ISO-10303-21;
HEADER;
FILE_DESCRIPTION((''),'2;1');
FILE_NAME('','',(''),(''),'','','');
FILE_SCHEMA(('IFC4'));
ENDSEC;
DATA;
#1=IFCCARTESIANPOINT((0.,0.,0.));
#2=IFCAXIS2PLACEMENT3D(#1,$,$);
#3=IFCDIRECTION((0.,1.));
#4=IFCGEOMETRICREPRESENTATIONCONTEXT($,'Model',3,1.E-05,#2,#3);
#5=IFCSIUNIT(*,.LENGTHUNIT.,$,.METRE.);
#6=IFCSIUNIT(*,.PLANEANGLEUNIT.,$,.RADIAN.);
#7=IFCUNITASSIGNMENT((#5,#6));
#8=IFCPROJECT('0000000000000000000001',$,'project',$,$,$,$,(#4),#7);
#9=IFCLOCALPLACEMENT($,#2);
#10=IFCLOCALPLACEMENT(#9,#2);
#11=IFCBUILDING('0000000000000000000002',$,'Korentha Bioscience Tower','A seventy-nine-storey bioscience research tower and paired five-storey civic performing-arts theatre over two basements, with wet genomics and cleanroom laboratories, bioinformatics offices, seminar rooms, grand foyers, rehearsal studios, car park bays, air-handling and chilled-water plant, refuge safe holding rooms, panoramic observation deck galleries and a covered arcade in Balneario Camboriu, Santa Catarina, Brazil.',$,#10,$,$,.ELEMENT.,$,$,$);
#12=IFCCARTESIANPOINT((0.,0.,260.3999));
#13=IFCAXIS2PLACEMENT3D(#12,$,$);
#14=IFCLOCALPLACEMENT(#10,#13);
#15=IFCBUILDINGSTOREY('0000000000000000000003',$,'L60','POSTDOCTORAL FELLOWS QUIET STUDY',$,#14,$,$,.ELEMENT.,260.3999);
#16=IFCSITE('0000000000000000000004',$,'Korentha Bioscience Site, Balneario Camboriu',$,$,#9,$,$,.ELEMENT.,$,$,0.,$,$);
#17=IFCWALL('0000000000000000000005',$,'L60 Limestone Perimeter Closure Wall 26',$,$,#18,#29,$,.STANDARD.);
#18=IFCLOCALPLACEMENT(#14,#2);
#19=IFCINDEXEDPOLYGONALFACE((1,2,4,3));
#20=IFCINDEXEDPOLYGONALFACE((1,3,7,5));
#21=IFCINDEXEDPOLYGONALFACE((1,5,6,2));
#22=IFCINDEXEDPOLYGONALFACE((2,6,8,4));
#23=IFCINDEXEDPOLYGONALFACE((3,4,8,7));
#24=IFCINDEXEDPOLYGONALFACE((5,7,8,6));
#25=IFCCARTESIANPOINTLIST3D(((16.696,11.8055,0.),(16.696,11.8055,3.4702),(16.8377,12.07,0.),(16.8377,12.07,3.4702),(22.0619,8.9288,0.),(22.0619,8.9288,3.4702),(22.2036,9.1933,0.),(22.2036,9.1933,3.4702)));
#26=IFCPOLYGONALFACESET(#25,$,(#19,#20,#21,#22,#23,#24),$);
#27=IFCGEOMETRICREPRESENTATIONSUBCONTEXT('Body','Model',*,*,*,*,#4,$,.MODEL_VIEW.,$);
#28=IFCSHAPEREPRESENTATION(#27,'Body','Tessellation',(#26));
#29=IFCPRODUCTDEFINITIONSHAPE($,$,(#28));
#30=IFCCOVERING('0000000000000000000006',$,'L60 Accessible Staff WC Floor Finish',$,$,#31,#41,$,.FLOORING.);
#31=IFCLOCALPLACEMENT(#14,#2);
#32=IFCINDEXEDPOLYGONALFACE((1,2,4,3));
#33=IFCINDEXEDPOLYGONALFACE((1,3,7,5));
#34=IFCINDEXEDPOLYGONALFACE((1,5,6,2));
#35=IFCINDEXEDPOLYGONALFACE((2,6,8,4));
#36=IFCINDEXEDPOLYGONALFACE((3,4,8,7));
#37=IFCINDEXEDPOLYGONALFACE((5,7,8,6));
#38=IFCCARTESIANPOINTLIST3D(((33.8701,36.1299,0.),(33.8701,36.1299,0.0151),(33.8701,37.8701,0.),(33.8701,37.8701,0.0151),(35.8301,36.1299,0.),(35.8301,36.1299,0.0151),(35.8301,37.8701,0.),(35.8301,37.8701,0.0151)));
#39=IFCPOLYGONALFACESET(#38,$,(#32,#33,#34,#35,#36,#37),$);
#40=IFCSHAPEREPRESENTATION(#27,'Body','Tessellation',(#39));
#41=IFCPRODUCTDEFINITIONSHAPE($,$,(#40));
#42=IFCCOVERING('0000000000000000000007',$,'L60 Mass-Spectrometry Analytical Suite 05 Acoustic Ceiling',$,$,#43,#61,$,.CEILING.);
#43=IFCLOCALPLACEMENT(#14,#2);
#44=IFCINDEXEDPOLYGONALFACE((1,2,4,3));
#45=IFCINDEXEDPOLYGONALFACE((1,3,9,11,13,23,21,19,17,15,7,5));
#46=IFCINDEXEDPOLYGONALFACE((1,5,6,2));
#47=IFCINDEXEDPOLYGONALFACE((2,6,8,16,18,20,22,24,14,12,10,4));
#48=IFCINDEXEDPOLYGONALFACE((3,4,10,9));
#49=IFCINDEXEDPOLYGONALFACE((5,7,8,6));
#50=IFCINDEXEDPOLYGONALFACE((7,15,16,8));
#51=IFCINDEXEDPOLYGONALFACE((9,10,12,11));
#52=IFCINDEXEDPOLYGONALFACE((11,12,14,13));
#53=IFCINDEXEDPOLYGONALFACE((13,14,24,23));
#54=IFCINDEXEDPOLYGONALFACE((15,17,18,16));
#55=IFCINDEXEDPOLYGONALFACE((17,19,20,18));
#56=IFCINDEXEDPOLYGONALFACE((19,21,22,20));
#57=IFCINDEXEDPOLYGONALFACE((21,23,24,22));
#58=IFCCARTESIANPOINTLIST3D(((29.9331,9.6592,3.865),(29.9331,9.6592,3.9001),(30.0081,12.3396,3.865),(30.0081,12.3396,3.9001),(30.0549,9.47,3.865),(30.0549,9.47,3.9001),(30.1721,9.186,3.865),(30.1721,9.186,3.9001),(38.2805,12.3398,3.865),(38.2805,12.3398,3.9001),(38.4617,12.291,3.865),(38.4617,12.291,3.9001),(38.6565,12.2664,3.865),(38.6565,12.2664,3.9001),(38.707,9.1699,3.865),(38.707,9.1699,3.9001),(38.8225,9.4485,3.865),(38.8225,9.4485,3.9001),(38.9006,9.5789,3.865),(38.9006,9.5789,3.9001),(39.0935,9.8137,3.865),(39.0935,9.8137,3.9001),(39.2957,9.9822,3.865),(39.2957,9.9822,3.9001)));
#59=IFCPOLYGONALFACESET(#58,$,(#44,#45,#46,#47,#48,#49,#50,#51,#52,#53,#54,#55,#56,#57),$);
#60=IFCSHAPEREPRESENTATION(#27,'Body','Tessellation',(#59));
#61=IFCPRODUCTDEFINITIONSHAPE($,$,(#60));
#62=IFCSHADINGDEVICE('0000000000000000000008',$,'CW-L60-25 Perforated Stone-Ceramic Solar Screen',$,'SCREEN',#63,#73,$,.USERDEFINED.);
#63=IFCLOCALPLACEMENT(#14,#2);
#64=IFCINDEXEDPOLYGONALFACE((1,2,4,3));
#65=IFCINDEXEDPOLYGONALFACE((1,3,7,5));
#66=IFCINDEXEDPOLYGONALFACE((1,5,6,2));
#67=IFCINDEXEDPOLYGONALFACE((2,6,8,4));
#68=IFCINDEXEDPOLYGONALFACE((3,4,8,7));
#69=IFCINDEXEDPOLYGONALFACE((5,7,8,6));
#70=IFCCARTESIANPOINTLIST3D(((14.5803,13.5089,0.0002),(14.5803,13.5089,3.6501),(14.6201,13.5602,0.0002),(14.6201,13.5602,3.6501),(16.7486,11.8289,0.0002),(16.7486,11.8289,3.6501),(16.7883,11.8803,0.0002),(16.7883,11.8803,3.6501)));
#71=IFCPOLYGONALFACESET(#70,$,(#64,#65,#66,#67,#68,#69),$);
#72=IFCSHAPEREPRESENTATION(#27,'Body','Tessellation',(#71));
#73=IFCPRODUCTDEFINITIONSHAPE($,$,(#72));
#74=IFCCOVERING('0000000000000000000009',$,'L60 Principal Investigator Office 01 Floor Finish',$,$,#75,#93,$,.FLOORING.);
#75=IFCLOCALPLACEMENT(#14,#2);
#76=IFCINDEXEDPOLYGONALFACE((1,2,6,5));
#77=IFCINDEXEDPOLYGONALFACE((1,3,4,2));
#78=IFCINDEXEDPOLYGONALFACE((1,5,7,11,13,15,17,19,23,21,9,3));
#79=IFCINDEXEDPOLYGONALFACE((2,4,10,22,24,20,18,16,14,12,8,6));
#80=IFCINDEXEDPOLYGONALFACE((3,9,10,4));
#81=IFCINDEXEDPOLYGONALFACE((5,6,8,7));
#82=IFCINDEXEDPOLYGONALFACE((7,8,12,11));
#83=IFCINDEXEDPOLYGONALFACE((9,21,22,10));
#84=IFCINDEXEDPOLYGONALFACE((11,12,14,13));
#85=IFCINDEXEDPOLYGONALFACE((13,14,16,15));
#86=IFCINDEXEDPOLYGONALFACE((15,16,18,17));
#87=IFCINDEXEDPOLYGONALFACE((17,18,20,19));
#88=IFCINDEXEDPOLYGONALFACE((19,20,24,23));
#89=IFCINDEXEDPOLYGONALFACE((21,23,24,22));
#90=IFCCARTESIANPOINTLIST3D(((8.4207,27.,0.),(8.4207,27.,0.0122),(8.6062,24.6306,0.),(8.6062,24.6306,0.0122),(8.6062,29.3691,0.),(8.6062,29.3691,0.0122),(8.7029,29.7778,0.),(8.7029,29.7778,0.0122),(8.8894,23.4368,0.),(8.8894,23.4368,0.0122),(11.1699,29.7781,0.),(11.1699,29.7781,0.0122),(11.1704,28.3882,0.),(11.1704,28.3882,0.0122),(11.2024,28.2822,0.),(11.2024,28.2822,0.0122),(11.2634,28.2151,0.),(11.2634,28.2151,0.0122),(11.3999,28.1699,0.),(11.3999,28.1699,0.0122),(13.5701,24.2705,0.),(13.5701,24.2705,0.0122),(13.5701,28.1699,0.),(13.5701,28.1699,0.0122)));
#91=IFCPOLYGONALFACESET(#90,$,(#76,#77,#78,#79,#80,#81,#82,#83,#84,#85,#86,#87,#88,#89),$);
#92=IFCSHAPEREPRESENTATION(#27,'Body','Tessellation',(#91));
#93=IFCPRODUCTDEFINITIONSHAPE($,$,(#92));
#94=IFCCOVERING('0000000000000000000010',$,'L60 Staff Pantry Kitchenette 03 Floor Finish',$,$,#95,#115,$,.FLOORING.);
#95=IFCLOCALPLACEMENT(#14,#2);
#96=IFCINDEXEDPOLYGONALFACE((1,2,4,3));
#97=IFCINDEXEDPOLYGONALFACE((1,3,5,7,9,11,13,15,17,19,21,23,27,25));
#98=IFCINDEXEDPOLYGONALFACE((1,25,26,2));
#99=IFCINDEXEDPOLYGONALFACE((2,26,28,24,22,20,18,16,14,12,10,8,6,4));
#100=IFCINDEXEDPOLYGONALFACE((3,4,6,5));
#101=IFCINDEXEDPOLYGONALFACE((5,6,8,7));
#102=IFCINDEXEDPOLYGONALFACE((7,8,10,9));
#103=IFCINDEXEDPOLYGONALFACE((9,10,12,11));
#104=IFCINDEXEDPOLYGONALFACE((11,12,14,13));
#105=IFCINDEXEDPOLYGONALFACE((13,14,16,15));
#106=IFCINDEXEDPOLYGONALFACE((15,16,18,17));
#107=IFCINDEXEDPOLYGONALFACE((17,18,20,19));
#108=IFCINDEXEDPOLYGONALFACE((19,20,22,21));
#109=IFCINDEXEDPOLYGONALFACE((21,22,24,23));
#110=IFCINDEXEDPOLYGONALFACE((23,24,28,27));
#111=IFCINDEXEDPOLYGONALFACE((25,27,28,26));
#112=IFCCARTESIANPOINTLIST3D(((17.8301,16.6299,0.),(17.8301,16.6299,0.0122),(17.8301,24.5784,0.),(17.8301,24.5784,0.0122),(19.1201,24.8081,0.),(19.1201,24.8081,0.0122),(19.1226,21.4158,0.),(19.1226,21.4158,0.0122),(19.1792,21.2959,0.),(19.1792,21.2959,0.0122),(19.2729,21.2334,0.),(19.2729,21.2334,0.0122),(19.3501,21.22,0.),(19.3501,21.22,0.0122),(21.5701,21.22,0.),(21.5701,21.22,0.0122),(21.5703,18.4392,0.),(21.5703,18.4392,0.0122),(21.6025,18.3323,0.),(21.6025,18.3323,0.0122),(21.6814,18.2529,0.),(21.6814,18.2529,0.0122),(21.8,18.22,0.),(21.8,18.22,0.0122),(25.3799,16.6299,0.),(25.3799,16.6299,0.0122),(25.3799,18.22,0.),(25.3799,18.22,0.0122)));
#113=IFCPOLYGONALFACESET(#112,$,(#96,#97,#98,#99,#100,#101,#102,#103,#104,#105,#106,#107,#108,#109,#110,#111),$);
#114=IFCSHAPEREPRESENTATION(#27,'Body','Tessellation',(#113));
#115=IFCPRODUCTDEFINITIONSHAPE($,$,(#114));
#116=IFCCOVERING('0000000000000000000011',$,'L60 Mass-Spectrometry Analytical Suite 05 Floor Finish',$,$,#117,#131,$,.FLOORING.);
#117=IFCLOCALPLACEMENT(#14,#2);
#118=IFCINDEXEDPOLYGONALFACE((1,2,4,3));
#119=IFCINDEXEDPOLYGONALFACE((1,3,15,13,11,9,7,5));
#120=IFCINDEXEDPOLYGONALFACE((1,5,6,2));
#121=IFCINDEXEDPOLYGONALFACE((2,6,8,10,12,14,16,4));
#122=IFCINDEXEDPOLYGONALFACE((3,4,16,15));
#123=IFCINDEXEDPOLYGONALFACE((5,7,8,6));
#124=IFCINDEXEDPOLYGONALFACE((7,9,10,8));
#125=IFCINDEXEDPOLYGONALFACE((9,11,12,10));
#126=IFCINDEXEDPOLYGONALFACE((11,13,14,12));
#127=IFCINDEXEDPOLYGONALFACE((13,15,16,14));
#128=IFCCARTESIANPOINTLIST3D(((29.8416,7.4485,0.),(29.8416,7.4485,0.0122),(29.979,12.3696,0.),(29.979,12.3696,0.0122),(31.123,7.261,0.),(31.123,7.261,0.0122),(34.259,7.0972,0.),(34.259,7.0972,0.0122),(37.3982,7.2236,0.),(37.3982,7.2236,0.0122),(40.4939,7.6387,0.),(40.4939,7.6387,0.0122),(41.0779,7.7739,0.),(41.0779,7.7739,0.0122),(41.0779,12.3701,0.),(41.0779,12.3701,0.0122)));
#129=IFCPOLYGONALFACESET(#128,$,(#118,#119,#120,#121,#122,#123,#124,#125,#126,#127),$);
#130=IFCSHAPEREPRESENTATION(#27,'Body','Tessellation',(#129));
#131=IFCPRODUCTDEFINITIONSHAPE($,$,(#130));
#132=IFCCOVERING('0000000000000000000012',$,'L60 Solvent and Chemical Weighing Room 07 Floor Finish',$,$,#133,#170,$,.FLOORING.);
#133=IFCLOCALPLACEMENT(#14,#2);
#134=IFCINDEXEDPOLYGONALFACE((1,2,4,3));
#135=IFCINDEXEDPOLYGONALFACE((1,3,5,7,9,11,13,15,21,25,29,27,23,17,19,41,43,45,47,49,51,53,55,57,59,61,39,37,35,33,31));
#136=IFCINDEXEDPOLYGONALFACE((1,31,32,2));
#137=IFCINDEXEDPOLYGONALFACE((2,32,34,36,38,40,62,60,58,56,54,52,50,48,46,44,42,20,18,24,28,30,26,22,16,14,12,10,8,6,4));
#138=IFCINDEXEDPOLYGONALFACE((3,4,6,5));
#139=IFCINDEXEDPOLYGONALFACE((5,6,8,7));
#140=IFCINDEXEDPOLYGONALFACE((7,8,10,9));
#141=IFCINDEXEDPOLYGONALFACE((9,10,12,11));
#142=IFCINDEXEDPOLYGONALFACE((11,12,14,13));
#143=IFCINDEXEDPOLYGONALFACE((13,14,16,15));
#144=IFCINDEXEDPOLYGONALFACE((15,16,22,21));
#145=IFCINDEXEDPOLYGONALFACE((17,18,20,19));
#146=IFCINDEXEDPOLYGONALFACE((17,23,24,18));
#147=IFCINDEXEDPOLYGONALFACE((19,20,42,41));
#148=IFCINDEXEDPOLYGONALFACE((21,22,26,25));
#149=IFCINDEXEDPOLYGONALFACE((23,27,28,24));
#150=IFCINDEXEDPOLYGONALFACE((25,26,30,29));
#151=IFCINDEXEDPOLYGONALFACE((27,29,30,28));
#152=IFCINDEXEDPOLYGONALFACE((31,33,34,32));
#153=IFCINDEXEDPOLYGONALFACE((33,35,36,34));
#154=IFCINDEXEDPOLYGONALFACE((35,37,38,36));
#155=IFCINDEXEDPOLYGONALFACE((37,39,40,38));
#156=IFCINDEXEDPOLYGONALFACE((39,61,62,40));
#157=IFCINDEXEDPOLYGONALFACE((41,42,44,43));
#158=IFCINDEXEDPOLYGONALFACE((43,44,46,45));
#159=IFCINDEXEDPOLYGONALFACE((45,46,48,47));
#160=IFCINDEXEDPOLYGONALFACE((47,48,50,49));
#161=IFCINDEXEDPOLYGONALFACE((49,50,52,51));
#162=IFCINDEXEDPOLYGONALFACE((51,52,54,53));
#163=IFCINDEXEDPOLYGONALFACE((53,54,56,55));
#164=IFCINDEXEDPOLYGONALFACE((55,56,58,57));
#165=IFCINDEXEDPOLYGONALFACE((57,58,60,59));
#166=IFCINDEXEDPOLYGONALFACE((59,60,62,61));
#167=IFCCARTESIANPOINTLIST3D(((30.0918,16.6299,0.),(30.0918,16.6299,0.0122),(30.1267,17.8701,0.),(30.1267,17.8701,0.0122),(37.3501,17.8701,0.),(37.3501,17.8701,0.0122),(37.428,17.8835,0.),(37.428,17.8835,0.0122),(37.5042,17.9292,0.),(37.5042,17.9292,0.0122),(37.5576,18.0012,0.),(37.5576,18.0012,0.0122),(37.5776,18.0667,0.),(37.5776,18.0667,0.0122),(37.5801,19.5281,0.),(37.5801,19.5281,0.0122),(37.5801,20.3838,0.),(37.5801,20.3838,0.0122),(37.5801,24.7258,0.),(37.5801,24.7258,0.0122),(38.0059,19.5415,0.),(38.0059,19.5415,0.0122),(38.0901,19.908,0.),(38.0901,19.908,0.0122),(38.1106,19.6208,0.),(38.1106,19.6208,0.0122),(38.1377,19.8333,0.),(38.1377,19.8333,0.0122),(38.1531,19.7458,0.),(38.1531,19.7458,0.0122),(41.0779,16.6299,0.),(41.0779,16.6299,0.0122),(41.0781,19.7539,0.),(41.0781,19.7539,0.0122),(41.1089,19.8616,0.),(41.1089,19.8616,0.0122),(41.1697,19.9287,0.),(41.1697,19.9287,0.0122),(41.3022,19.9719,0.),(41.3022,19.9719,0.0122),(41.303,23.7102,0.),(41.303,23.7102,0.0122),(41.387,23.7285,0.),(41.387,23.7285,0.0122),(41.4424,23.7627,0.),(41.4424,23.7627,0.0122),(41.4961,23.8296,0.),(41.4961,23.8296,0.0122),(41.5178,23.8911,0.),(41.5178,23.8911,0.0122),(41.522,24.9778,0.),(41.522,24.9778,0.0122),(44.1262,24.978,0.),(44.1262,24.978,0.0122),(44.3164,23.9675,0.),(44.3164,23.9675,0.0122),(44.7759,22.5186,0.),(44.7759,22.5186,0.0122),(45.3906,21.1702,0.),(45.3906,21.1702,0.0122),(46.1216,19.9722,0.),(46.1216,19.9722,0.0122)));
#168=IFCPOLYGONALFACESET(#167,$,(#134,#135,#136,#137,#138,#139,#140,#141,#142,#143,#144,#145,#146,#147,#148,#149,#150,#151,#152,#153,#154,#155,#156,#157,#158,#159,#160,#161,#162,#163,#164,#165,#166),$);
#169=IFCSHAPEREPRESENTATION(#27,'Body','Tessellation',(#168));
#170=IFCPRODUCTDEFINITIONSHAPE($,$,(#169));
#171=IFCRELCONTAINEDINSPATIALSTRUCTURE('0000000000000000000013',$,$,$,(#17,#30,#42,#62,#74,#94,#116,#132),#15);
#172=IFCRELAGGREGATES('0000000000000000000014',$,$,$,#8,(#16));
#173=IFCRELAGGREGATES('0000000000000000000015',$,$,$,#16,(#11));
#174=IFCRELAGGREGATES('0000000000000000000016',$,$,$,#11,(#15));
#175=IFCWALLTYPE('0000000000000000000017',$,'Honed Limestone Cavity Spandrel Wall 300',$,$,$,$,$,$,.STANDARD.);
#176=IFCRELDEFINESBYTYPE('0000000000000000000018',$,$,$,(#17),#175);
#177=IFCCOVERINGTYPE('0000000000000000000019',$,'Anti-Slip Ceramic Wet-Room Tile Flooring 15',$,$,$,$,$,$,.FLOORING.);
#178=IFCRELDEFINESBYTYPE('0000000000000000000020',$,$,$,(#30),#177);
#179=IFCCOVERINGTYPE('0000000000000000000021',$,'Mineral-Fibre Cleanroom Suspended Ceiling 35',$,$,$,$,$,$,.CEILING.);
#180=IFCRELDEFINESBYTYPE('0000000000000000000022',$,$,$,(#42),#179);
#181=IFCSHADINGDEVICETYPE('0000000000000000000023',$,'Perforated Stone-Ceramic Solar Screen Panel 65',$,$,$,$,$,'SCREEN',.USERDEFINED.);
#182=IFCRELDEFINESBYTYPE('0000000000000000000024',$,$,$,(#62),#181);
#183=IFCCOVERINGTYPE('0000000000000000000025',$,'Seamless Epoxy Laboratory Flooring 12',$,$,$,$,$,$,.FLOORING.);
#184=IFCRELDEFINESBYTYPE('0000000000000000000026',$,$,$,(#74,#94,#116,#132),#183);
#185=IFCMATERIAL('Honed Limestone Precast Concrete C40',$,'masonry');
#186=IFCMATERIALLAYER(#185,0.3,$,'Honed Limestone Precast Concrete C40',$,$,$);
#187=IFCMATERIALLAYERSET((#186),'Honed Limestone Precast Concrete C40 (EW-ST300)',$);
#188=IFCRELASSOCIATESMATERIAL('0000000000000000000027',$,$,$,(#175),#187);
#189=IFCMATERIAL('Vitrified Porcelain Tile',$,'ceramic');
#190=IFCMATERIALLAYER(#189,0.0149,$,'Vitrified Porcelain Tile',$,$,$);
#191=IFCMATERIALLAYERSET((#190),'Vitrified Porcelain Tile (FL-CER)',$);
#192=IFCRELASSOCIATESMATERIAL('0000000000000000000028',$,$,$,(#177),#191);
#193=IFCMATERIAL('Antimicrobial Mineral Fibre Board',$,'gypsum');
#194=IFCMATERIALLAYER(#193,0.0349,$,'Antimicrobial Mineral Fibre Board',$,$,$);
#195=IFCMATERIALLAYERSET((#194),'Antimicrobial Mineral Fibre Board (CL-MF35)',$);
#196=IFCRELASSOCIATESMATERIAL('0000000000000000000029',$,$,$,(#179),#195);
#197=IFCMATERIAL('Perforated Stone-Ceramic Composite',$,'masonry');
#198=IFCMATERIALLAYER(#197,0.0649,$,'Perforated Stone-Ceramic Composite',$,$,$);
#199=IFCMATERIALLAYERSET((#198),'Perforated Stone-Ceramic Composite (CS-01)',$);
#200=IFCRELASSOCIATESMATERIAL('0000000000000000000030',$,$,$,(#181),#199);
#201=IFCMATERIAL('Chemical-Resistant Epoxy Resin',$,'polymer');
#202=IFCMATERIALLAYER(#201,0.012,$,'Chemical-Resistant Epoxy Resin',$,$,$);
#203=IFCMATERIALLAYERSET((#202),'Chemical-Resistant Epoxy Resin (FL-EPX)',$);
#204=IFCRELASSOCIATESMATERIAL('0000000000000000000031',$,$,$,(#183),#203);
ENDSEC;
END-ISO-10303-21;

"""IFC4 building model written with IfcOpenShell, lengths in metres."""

from ifc_helpers import new_model, si_unit, direction, frame, frame_2d, origin, origin_2d, place, context, subcontext, project, spatial, polyline, rectangle, outline, extrude, material, layer, layer_set, type_object, element, save


model = new_model("IFC4")

# Units and contexts
model_context = context("Model", 3, precision=1e-05, world=origin(), true_north=direction((0.0, 1.0)))
body_context = subcontext(model_context, "Body", "Model", "MODEL_VIEW")
ifc_project = project(units=[si_unit("LENGTHUNIT", "METRE"), si_unit("PLANEANGLEUNIT", "RADIAN")], contexts=[model_context])

# Site, building, storey
site_placement = place(None, origin())
site = spatial("IfcSite", under=ifc_project, at=site_placement, Name="Korentha Bioscience Site, Balneario Camboriu", CompositionType="ELEMENT", RefElevation=0.0)
building_placement = place(site_placement, origin())
building = spatial("IfcBuilding", under=site, at=building_placement, Name="Korentha Bioscience Tower", Description="A seventy-nine-storey bioscience research tower and paired five-storey civic performing-arts theatre over two basements, with wet genomics and cleanroom laboratories, bioinformatics offices, seminar rooms, grand foyers, rehearsal studios, car park bays, air-handling and chilled-water plant, refuge safe holding rooms, panoramic observation deck galleries and a covered arcade in Balneario Camboriu, Santa Catarina, Brazil.", CompositionType="ELEMENT")
storey_placement = place(building_placement, frame((0.0, 0.0, 260.3999)))
storey = spatial("IfcBuildingStorey", under=building, at=storey_placement, Name="L60", Description="POSTDOCTORAL FELLOWS QUIET STUDY", CompositionType="ELEMENT", Elevation=260.3999)

# Wall
ifc_material_1 = material(Name="Honed Limestone Precast Concrete C40", Category="masonry")
ifc_layer_1 = layer(ifc_material_1, 0.3, Name="Honed Limestone Precast Concrete C40")
ifc_layer_set_1 = layer_set([ifc_layer_1], Name="Honed Limestone Precast Concrete C40 (EW-ST300)")
wall_type_1 = type_object("IfcWallType", Name="Honed Limestone Cavity Spandrel Wall 300", PredefinedType="STANDARD", material=ifc_layer_set_1)
wall_1_placement = place(storey_placement, frame((16.7668, 11.9377, 0.0), z_axis=(0.0, 0.0, 1.0), x_axis=(0.881337, -0.472487, 0.0)))
element("IfcWall", 1, at=wall_1_placement, inside=storey, type_object=wall_type_1, Name="L60 Limestone Perimeter Closure Wall 26", PredefinedType="STANDARD", context=body_context, shape_type="SweptSolid", body=[
    extrude(rectangle(XDim=6.0884, YDim=0.3, at=frame_2d((3.0442, 0.0))), origin(), (0.0, 0.0, 1.0), 3.4702),
])

# Coverings
ifc_material_2 = material(Name="Vitrified Porcelain Tile", Category="ceramic")
ifc_layer_2 = layer(ifc_material_2, 0.0149, Name="Vitrified Porcelain Tile")
ifc_layer_set_2 = layer_set([ifc_layer_2], Name="Vitrified Porcelain Tile (FL-CER)")
covering_type_1 = type_object("IfcCoveringType", Name="Anti-Slip Ceramic Wet-Room Tile Flooring 15", PredefinedType="FLOORING", material=ifc_layer_set_2)
covering_1_placement = place(storey_placement, origin())
element("IfcCovering", 2, at=covering_1_placement, inside=storey, type_object=covering_type_1, Name="L60 Accessible Staff WC Floor Finish", PredefinedType="FLOORING", context=body_context, shape_type="SweptSolid", body=[
    extrude(outline(polyline([(33.8701, 36.1299), (33.8701, 37.8701), (35.8301, 37.8701), (35.8301, 36.1299), (33.8701, 36.1299)])), origin(), (0.0, 0.0, 1.0), 0.0151),
])
ifc_material_3 = material(Name="Antimicrobial Mineral Fibre Board", Category="gypsum")
ifc_layer_3 = layer(ifc_material_3, 0.0349, Name="Antimicrobial Mineral Fibre Board")
ifc_layer_set_3 = layer_set([ifc_layer_3], Name="Antimicrobial Mineral Fibre Board (CL-MF35)")
covering_type_2 = type_object("IfcCoveringType", Name="Mineral-Fibre Cleanroom Suspended Ceiling 35", PredefinedType="CEILING", material=ifc_layer_set_3)
covering_2_placement = place(storey_placement, frame((0.0, 0.0, 3.865)))
element("IfcCovering", 3, at=covering_2_placement, inside=storey, type_object=covering_type_2, Name="L60 Mass-Spectrometry Analytical Suite 05 Acoustic Ceiling", PredefinedType="CEILING", context=body_context, shape_type="SweptSolid", body=[
    extrude(outline(polyline([(39.2957, 9.9822), (39.0935, 9.8137), (38.9006, 9.5789), (38.8225, 9.4485), (38.707, 9.1699), (30.1721, 9.186), (30.0549, 9.47), (29.9331, 9.6592), (30.0081, 12.3396), (38.2805, 12.3398), (38.4617, 12.291), (38.6565, 12.2664), (39.2957, 9.9822)])), origin(), (0.0, 0.0, 1.0), 0.0352),
])

# Shading device
ifc_material_4 = material(Name="Perforated Stone-Ceramic Composite", Category="masonry")
ifc_layer_4 = layer(ifc_material_4, 0.0649, Name="Perforated Stone-Ceramic Composite")
ifc_layer_set_4 = layer_set([ifc_layer_4], Name="Perforated Stone-Ceramic Composite (CS-01)")
shading_device_type_1 = type_object("IfcShadingDeviceType", Name="Perforated Stone-Ceramic Solar Screen Panel 65", ElementType="SCREEN", PredefinedType="USERDEFINED", material=ifc_layer_set_4)
shading_device_1_placement = place(storey_placement, frame((15.6843, 12.6946, 0.0002), z_axis=(0.0, 0.0, 1.0), x_axis=(0.790488, -0.612478, 0.0)))
element("IfcShadingDevice", 4, at=shading_device_1_placement, inside=storey, type_object=shading_device_type_1, Name="CW-L60-25 Perforated Stone-Ceramic Solar Screen", ObjectType="SCREEN", PredefinedType="USERDEFINED", context=body_context, shape_type="SweptSolid", body=[
    extrude(rectangle(XDim=2.7429, YDim=0.0649, at=origin_2d()), origin(), (0.0, 0.0, 1.0), 3.6499),
])

# Coverings
ifc_material_5 = material(Name="Chemical-Resistant Epoxy Resin", Category="polymer")
ifc_layer_5 = layer(ifc_material_5, 0.012, Name="Chemical-Resistant Epoxy Resin")
ifc_layer_set_5 = layer_set([ifc_layer_5], Name="Chemical-Resistant Epoxy Resin (FL-EPX)")
covering_type_3 = type_object("IfcCoveringType", Name="Seamless Epoxy Laboratory Flooring 12", PredefinedType="FLOORING", material=ifc_layer_set_5)
covering_3_placement = place(storey_placement, origin())
element("IfcCovering", 5, at=covering_3_placement, inside=storey, type_object=covering_type_3, Name="L60 Principal Investigator Office 01 Floor Finish", PredefinedType="FLOORING", context=body_context, shape_type="SweptSolid", body=[
    extrude(outline(polyline([(8.4207, 27.0), (8.6062, 29.3691), (8.7029, 29.7778), (11.1699, 29.7781), (11.1704, 28.3882), (11.2024, 28.2822), (11.2634, 28.2151), (11.3999, 28.1699), (13.5701, 28.1699), (13.5701, 24.2705), (8.8894, 23.4368), (8.6062, 24.6306), (8.4207, 27.0)])), origin(), (0.0, 0.0, 1.0), 0.0122),
])
covering_4_placement = place(storey_placement, origin())
element("IfcCovering", 6, at=covering_4_placement, inside=storey, type_object=covering_type_3, Name="L60 Staff Pantry Kitchenette 03 Floor Finish", PredefinedType="FLOORING", context=body_context, shape_type="SweptSolid", body=[
    extrude(outline(polyline([(19.1201, 24.8081), (19.1226, 21.4158), (19.1792, 21.2959), (19.2729, 21.2334), (19.3501, 21.22), (21.5701, 21.22), (21.5703, 18.4392), (21.6025, 18.3323), (21.6814, 18.2529), (21.8, 18.22), (25.3799, 18.22), (25.3799, 16.6299), (17.8301, 16.6299), (17.8301, 24.5784), (19.1201, 24.8081)])), origin(), (0.0, 0.0, 1.0), 0.0122),
])
covering_5_placement = place(storey_placement, origin())
element("IfcCovering", 7, at=covering_5_placement, inside=storey, type_object=covering_type_3, Name="L60 Mass-Spectrometry Analytical Suite 05 Floor Finish", PredefinedType="FLOORING", context=body_context, shape_type="SweptSolid", body=[
    extrude(outline(polyline([(29.979, 12.3696), (41.0779, 12.3701), (41.0779, 7.7739), (40.4939, 7.6387), (37.3982, 7.2236), (34.259, 7.0972), (31.123, 7.261), (29.8416, 7.4485), (29.979, 12.3696)])), origin(), (0.0, 0.0, 1.0), 0.0122),
])
covering_6_placement = place(storey_placement, origin())
element("IfcCovering", 8, at=covering_6_placement, inside=storey, type_object=covering_type_3, Name="L60 Solvent and Chemical Weighing Room 07 Floor Finish", PredefinedType="FLOORING", context=body_context, shape_type="SweptSolid", body=[
    extrude(outline(polyline([(37.3501, 17.8701), (37.428, 17.8835), (37.5042, 17.9292), (37.5576, 18.0012), (37.5776, 18.0667), (37.5801, 19.5281), (38.0059, 19.5415), (38.1106, 19.6208), (38.1531, 19.7458), (38.1377, 19.8333), (38.0901, 19.908), (37.5801, 20.3838), (37.5801, 24.7258), (41.303, 23.7102), (41.387, 23.7285), (41.4424, 23.7627), (41.4961, 23.8296), (41.5178, 23.8911), (41.522, 24.9778), (44.1262, 24.978), (44.3164, 23.9675), (44.7759, 22.5186), (45.3906, 21.1702), (46.1216, 19.9722), (41.3022, 19.9719), (41.1697, 19.9287), (41.1089, 19.8616), (41.0781, 19.7539), (41.0779, 16.6299), (30.0918, 16.6299), (30.1267, 17.8701), (37.3501, 17.8701)])), origin(), (0.0, 0.0, 1.0), 0.0122),
])

save(model, "model.ifc")
